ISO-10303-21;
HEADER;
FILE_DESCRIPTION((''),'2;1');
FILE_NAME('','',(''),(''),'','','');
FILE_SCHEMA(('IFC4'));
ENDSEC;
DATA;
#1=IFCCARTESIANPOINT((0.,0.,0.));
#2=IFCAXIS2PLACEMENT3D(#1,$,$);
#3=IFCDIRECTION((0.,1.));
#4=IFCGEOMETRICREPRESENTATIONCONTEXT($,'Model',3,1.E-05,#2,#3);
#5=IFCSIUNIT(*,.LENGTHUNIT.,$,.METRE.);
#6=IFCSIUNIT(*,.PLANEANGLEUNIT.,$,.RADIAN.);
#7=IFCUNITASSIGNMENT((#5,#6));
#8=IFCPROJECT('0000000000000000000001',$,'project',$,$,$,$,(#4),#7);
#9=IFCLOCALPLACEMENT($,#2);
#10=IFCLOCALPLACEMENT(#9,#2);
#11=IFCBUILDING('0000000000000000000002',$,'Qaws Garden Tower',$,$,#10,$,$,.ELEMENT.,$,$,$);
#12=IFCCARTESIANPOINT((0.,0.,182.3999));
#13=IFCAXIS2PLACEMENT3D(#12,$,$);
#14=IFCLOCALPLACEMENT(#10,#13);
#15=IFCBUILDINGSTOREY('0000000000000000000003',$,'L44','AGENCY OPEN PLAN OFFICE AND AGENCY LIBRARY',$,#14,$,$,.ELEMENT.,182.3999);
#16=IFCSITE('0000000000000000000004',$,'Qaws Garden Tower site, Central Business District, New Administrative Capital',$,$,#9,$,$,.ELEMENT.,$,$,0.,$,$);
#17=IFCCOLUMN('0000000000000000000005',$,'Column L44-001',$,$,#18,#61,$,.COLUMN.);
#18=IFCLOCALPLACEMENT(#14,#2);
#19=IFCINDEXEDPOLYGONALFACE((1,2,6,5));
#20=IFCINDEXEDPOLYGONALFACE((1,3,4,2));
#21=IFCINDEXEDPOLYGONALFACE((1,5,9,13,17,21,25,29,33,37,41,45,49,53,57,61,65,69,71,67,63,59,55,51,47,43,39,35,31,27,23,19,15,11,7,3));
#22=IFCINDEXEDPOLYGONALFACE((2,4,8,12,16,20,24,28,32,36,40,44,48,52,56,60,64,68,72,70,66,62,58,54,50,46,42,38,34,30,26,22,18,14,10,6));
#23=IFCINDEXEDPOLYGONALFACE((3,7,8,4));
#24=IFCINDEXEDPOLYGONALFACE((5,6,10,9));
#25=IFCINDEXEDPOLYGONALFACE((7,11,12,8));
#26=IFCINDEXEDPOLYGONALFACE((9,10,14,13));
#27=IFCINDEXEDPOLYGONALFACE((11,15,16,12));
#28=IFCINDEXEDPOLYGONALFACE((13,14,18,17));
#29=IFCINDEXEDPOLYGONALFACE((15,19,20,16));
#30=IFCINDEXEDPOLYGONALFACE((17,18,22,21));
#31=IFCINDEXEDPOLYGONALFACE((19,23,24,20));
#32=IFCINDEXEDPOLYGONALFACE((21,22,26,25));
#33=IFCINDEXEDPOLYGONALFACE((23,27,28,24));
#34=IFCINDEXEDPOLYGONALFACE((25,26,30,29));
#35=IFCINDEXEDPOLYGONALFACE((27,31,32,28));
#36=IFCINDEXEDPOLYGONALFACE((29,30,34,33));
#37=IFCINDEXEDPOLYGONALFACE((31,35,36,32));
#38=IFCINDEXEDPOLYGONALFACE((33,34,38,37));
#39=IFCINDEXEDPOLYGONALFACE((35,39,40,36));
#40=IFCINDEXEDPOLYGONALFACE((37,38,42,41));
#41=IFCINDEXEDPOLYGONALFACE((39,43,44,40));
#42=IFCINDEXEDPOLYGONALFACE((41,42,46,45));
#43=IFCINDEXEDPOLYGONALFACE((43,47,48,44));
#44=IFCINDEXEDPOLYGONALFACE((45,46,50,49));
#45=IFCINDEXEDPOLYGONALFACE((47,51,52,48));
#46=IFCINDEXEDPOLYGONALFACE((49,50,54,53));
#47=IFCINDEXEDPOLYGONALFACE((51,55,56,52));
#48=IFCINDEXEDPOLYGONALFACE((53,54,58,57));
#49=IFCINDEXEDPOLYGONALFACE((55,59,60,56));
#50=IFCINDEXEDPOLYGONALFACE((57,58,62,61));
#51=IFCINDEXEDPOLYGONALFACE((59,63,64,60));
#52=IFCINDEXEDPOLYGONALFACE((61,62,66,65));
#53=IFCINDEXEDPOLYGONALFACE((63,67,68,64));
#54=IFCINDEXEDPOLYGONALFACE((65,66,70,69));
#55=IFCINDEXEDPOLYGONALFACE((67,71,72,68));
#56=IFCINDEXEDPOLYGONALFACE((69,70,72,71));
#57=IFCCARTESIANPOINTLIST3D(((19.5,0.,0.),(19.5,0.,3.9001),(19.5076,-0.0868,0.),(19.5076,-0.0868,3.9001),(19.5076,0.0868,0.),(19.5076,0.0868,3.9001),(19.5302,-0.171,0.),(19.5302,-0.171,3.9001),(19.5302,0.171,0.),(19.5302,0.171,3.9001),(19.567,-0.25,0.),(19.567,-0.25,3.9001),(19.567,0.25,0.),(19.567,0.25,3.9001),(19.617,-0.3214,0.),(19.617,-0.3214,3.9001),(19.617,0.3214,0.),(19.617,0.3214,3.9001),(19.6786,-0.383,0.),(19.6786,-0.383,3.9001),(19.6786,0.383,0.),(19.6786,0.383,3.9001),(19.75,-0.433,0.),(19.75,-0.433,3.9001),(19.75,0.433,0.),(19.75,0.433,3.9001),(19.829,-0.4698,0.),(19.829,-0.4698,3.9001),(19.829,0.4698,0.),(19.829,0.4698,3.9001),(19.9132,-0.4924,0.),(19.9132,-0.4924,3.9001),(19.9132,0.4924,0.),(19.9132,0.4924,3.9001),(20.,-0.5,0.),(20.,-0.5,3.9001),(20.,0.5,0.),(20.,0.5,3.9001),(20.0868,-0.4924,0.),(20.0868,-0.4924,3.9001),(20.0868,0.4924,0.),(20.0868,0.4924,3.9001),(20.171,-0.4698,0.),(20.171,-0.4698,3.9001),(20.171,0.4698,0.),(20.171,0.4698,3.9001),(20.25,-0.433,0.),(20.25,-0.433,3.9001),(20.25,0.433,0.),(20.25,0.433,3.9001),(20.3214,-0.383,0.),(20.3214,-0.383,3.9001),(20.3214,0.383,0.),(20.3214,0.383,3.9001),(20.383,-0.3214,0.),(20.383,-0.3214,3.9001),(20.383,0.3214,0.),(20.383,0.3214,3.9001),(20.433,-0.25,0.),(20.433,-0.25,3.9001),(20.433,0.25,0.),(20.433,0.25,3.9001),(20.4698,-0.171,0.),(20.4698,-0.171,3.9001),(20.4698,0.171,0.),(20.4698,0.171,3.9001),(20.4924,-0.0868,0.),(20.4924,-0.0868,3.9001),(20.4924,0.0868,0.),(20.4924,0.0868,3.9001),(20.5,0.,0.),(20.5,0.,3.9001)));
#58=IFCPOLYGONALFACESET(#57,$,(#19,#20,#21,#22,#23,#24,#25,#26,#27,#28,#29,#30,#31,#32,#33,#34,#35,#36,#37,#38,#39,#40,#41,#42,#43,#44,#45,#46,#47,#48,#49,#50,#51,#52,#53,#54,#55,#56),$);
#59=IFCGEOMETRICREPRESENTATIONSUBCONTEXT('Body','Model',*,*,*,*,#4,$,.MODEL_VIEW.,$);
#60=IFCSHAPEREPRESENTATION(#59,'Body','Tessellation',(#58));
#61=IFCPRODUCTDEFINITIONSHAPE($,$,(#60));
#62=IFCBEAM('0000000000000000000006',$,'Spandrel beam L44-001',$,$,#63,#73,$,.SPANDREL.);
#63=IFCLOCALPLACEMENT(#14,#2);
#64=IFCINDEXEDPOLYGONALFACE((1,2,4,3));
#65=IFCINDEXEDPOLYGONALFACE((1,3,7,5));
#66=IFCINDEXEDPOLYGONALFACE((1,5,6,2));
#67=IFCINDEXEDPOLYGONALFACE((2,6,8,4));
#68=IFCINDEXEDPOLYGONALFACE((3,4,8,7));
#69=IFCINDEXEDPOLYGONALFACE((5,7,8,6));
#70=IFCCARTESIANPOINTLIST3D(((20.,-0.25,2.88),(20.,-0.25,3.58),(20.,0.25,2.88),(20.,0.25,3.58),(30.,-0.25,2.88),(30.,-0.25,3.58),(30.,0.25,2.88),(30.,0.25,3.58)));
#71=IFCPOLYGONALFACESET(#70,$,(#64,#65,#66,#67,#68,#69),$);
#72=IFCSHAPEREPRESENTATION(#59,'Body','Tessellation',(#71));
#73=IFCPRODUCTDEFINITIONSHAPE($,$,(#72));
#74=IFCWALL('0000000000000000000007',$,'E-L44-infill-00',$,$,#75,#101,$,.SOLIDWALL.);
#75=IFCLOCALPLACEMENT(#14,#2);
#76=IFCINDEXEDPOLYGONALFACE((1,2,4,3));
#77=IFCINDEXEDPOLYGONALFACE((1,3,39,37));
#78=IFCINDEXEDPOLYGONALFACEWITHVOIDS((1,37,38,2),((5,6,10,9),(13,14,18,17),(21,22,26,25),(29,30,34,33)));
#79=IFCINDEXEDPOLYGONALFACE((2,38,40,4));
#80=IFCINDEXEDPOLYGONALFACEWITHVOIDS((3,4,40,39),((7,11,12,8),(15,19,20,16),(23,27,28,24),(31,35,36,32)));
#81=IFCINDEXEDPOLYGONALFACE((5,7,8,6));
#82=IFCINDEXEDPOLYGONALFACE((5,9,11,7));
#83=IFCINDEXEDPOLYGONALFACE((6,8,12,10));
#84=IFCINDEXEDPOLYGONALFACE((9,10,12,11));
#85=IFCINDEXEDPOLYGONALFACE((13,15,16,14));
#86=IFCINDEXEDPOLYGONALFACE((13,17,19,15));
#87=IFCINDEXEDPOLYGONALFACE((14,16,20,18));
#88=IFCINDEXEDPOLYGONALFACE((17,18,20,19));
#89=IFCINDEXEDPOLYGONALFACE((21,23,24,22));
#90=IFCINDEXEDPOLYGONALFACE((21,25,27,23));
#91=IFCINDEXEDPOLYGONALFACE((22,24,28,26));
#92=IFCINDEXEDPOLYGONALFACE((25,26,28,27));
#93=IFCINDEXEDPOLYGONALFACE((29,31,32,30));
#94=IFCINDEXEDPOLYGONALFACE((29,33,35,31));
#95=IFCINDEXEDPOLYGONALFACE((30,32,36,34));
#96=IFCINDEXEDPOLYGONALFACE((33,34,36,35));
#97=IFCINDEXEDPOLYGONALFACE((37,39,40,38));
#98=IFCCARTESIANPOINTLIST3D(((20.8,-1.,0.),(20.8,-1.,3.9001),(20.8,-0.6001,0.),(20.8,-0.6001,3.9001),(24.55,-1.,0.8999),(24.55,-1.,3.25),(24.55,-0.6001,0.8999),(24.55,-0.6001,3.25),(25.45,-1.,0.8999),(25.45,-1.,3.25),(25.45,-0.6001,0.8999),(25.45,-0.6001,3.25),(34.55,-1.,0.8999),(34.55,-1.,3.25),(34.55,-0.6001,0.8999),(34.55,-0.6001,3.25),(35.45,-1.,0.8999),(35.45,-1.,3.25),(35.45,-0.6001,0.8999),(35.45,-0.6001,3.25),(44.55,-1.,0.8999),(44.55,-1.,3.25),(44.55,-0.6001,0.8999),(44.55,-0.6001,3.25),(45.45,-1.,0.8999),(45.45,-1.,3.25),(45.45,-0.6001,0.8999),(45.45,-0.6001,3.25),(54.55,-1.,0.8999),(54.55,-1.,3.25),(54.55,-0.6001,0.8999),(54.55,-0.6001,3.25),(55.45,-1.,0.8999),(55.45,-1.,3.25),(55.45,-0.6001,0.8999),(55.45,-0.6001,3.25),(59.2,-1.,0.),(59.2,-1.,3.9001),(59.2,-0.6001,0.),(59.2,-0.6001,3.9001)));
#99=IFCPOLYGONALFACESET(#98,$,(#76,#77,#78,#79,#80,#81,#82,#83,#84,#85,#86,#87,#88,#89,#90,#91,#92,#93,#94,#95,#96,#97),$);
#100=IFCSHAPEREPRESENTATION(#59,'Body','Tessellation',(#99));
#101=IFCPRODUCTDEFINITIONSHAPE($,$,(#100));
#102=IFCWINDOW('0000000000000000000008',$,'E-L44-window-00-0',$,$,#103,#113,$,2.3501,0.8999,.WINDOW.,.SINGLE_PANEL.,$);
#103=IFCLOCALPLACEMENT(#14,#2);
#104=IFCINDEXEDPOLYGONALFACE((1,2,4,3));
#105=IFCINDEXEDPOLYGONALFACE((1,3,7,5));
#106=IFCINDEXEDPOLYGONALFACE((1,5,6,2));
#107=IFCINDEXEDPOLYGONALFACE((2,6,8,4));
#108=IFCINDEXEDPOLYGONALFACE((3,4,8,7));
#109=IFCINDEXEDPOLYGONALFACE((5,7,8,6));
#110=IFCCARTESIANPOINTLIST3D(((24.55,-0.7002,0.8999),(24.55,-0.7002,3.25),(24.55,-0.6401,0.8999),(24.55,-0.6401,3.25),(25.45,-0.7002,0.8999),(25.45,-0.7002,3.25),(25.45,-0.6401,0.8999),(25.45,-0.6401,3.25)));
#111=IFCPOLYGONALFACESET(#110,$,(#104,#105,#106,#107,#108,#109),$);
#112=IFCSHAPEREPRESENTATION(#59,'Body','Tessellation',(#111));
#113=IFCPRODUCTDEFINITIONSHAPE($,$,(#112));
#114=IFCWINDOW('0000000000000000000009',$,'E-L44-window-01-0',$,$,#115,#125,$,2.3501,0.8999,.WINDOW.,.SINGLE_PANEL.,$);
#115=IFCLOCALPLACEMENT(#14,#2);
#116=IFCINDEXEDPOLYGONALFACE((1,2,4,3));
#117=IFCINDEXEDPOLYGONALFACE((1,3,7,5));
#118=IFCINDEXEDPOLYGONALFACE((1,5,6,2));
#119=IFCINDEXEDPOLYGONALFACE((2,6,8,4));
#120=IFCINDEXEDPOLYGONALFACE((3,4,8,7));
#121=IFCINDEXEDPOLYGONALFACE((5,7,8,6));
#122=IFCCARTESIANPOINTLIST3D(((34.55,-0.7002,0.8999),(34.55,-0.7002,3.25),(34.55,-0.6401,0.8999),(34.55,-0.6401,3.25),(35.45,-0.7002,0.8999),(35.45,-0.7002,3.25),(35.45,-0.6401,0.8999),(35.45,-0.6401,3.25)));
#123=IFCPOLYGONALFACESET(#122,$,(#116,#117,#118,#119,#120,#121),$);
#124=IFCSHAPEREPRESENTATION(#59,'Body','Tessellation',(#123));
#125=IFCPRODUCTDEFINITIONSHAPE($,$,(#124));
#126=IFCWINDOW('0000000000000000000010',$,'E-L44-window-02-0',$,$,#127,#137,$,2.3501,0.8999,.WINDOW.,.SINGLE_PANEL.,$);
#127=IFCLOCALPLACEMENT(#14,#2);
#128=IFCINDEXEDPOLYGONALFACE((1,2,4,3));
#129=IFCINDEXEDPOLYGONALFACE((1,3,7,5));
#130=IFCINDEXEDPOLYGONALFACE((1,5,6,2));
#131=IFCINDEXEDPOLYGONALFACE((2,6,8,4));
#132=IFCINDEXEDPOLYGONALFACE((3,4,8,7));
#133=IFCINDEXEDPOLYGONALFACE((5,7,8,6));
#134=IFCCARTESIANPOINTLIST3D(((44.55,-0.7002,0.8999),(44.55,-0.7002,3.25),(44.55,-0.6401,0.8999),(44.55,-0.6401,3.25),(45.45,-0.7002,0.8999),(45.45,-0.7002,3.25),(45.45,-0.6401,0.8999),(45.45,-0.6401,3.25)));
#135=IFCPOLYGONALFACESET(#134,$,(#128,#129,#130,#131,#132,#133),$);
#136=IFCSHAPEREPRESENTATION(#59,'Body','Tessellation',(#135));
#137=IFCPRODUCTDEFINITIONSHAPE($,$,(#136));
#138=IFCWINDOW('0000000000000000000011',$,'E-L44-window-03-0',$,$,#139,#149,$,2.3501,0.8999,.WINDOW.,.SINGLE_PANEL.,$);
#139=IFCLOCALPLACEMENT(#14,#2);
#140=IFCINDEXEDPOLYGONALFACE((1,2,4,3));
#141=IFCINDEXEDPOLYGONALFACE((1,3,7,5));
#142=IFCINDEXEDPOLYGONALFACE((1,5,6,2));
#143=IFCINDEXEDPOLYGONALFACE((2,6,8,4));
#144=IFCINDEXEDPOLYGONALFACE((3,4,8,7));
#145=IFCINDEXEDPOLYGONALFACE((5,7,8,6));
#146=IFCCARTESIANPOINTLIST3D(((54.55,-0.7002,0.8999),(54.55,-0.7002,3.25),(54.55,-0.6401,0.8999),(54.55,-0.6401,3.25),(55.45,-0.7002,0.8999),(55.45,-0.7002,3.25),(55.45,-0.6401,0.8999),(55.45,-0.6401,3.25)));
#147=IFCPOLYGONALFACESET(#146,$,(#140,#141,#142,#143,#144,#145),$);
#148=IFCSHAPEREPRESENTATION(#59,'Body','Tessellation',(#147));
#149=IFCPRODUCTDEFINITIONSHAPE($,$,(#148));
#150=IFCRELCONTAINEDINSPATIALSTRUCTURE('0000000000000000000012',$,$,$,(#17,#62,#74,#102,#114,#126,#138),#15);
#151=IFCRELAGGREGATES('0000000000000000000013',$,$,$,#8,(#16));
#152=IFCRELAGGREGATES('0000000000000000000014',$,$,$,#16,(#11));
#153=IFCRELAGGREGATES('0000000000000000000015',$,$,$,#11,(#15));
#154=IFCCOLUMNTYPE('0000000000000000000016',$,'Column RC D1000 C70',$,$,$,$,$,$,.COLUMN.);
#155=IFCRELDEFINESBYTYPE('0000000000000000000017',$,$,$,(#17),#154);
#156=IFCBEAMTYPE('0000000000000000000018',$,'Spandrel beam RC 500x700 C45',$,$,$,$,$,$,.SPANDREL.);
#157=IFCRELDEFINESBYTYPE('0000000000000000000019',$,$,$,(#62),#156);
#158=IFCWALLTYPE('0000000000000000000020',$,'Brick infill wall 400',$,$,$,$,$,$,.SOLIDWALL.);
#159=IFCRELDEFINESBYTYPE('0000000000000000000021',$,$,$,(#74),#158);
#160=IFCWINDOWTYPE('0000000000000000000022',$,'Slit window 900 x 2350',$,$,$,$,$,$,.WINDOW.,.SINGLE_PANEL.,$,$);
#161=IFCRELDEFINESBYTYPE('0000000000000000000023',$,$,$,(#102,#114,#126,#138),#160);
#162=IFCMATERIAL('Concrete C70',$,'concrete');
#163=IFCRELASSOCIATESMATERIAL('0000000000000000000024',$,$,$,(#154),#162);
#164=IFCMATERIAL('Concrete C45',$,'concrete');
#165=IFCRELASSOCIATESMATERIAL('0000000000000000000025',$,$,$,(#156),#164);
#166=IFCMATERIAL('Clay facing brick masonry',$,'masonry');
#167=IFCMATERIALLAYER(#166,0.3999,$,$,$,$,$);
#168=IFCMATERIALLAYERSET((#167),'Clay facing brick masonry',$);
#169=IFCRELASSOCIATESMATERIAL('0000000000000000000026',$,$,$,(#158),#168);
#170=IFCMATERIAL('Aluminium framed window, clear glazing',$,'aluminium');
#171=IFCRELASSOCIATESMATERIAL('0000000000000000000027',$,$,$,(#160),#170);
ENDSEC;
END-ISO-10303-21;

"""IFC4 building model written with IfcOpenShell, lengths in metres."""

from ifc_helpers import new_model, si_unit, direction, frame, frame_2d, origin, origin_2d, place, context, subcontext, project, spatial, rectangle, circle, extrude, material, layer, layer_set, material_profile, profile_set, type_object, element, fill, save


model = new_model("IFC4")

# Units and contexts
model_context = context("Model", 3, precision=1e-05, world=origin(), true_north=direction((0.0, 1.0)))
body_context = subcontext(model_context, "Body", "Model", "MODEL_VIEW")
ifc_project = project(units=[si_unit("LENGTHUNIT", "METRE"), si_unit("PLANEANGLEUNIT", "RADIAN")], contexts=[model_context])

# Site, building, storey
site_placement = place(None, origin())
site = spatial("IfcSite", under=ifc_project, at=site_placement, Name="Qaws Garden Tower site, Central Business District, New Administrative Capital", CompositionType="ELEMENT", RefElevation=0.0)
building_placement = place(site_placement, origin())
building = spatial("IfcBuilding", under=site, at=building_placement, Name="Qaws Garden Tower", CompositionType="ELEMENT")
storey_placement = place(building_placement, frame((0.0, 0.0, 182.3999)))
storey = spatial("IfcBuildingStorey", under=building, at=storey_placement, Name="L44", Description="AGENCY OPEN PLAN OFFICE AND AGENCY LIBRARY", CompositionType="ELEMENT", Elevation=182.3999)

# Column
ifc_material_1 = material(Name="Concrete C70", Category="concrete")
ifc_material_profile_1 = material_profile(ifc_material_1, circle(Radius=0.5, at=origin_2d()), Name="RC D1000")
ifc_profile_set_1 = profile_set([ifc_material_profile_1], Name="Concrete C70")
column_type = type_object("IfcColumnType", Name="Column RC D1000 C70", PredefinedType="COLUMN", material=ifc_profile_set_1)
column_placement = place(storey_placement, frame((20.0, 0.0, 0.0), z_axis=(0.0, 0.0, 1.0), x_axis=(1.0, 0.0, 0.0)))
element("IfcColumn", 1, at=column_placement, inside=storey, type_object=column_type, Name="Column L44-001", PredefinedType="COLUMN", context=body_context, shape_type="SweptSolid", body=[
    extrude(circle(Radius=0.5, at=origin_2d()), origin(), (0.0, 0.0, 1.0), 3.9001),
])

# Beam
ifc_material_2 = material(Name="Concrete C45", Category="concrete")
ifc_material_profile_2 = material_profile(ifc_material_2, rectangle(XDim=0.5, YDim=0.7, at=origin_2d()), Name="RC 500x700")
ifc_profile_set_2 = profile_set([ifc_material_profile_2], Name="Concrete C45")
beam_type = type_object("IfcBeamType", Name="Spandrel beam RC 500x700 C45", PredefinedType="SPANDREL", material=ifc_profile_set_2)
beam_placement = place(storey_placement, frame((20.0, 0.0, 3.23), z_axis=(1.0, 0.0, 0.0), x_axis=(0.0, 1.0, 0.0)))
element("IfcBeam", 2, at=beam_placement, inside=storey, type_object=beam_type, Name="Spandrel beam L44-001", PredefinedType="SPANDREL", context=body_context, shape_type="SweptSolid", body=[
    extrude(rectangle(XDim=0.5, YDim=0.7, at=origin_2d()), origin(), (0.0, 0.0, 1.0), 10.0),
])

# Wall, openings, windows
ifc_material_3 = material(Name="Clay facing brick masonry", Category="masonry")
ifc_layer_1 = layer(ifc_material_3, 0.3999)
ifc_layer_set_1 = layer_set([ifc_layer_1], Name="Clay facing brick masonry")
wall_type_1 = type_object("IfcWallType", Name="Brick infill wall 400", PredefinedType="SOLIDWALL", material=ifc_layer_set_1)
wall_1_placement = place(storey_placement, frame((20.8, -0.8, 0.0), z_axis=(0.0, 0.0, 1.0), x_axis=(1.0, 0.0, 0.0)))
wall_1 = element("IfcWall", 3, at=wall_1_placement, inside=storey, type_object=wall_type_1, Name="E-L44-infill-00", PredefinedType="SOLIDWALL", context=body_context, shape_type="SweptSolid", body=[
    extrude(rectangle(XDim=38.3999, YDim=0.3999, at=frame_2d((19.2, 0.0))), origin(), (0.0, 0.0, 1.0), 3.9001),
])
opening_1_placement = place(wall_1_placement, frame((3.75, 0.0, 0.8999)))
opening_1 = element("IfcOpeningElement", 4, at=opening_1_placement, cuts=wall_1, PredefinedType="OPENING", context=body_context, shape_type="SweptSolid", body=[
    extrude(rectangle(XDim=0.8999, YDim=2.3501, at=frame_2d((0.45, 1.175))), frame((0.0, 0.21, 0.0), z_axis=(0.0, -1.0, 0.0), x_axis=(1.0, 0.0, 0.0)), (0.0, 0.0, 1.0), 0.4199),
])
opening_2_placement = place(wall_1_placement, frame((13.75, 0.0, 0.8999)))
opening_2 = element("IfcOpeningElement", 5, at=opening_2_placement, cuts=wall_1, PredefinedType="OPENING", context=body_context, shape_type="SweptSolid", body=[
    extrude(rectangle(XDim=0.8999, YDim=2.3501, at=frame_2d((0.45, 1.175))), frame((0.0, 0.21, 0.0), z_axis=(0.0, -1.0, 0.0), x_axis=(1.0, 0.0, 0.0)), (0.0, 0.0, 1.0), 0.4199),
])
opening_3_placement = place(wall_1_placement, frame((23.75, 0.0, 0.8999)))
opening_3 = element("IfcOpeningElement", 6, at=opening_3_placement, cuts=wall_1, PredefinedType="OPENING", context=body_context, shape_type="SweptSolid", body=[
    extrude(rectangle(XDim=0.8999, YDim=2.3501, at=frame_2d((0.45, 1.175))), frame((0.0, 0.21, 0.0), z_axis=(0.0, -1.0, 0.0), x_axis=(1.0, 0.0, 0.0)), (0.0, 0.0, 1.0), 0.4199),
])
opening_4_placement = place(wall_1_placement, frame((33.75, 0.0, 0.8999)))
opening_4 = element("IfcOpeningElement", 7, at=opening_4_placement, cuts=wall_1, PredefinedType="OPENING", context=body_context, shape_type="SweptSolid", body=[
    extrude(rectangle(XDim=0.8999, YDim=2.3501, at=frame_2d((0.45, 1.175))), frame((0.0, 0.21, 0.0), z_axis=(0.0, -1.0, 0.0), x_axis=(1.0, 0.0, 0.0)), (0.0, 0.0, 1.0), 0.4199),
])
ifc_material_4 = material(Name="Aluminium framed window, clear glazing", Category="aluminium")
window_type = type_object("IfcWindowType", Name="Slit window 900 x 2350", PartitioningType="SINGLE_PANEL", PredefinedType="WINDOW", material=ifc_material_4)
window_1_placement = place(opening_1_placement, origin())
window_1 = element("IfcWindow", 8, at=window_1_placement, inside=storey, type_object=window_type, Name="E-L44-window-00-0", OverallHeight=2.3501, OverallWidth=0.8999, PartitioningType="SINGLE_PANEL", PredefinedType="WINDOW", context=body_context, shape_type="SweptSolid", body=[
    extrude(rectangle(XDim=0.8999, YDim=2.3501, at=frame_2d((0.45, 1.175))), frame((0.0, 0.1599, 0.0), z_axis=(0.0, -1.0, 0.0), x_axis=(1.0, 0.0, 0.0)), (0.0, 0.0, 1.0), 0.0601),
])
fill(opening_1, window_1)
window_2_placement = place(opening_2_placement, origin())
window_2 = element("IfcWindow", 9, at=window_2_placement, inside=storey, type_object=window_type, Name="E-L44-window-01-0", OverallHeight=2.3501, OverallWidth=0.8999, PartitioningType="SINGLE_PANEL", PredefinedType="WINDOW", context=body_context, shape_type="SweptSolid", body=[
    extrude(rectangle(XDim=0.8999, YDim=2.3501, at=frame_2d((0.45, 1.175))), frame((0.0, 0.1599, 0.0), z_axis=(0.0, -1.0, 0.0), x_axis=(1.0, 0.0, 0.0)), (0.0, 0.0, 1.0), 0.0601),
])
fill(opening_2, window_2)
window_3_placement = place(opening_3_placement, origin())
window_3 = element("IfcWindow", 10, at=window_3_placement, inside=storey, type_object=window_type, Name="E-L44-window-02-0", OverallHeight=2.3501, OverallWidth=0.8999, PartitioningType="SINGLE_PANEL", PredefinedType="WINDOW", context=body_context, shape_type="SweptSolid", body=[
    extrude(rectangle(XDim=0.8999, YDim=2.3501, at=frame_2d((0.45, 1.175))), frame((0.0, 0.1599, 0.0), z_axis=(0.0, -1.0, 0.0), x_axis=(1.0, 0.0, 0.0)), (0.0, 0.0, 1.0), 0.0601),
])
fill(opening_3, window_3)
window_4_placement = place(opening_4_placement, origin())
window_4 = element("IfcWindow", 11, at=window_4_placement, inside=storey, type_object=window_type, Name="E-L44-window-03-0", OverallHeight=2.3501, OverallWidth=0.8999, PartitioningType="SINGLE_PANEL", PredefinedType="WINDOW", context=body_context, shape_type="SweptSolid", body=[
    extrude(rectangle(XDim=0.8999, YDim=2.3501, at=frame_2d((0.45, 1.175))), frame((0.0, 0.1599, 0.0), z_axis=(0.0, -1.0, 0.0), x_axis=(1.0, 0.0, 0.0)), (0.0, 0.0, 1.0), 0.0601),
])
fill(opening_4, window_4)

save(model, "model.ifc")
